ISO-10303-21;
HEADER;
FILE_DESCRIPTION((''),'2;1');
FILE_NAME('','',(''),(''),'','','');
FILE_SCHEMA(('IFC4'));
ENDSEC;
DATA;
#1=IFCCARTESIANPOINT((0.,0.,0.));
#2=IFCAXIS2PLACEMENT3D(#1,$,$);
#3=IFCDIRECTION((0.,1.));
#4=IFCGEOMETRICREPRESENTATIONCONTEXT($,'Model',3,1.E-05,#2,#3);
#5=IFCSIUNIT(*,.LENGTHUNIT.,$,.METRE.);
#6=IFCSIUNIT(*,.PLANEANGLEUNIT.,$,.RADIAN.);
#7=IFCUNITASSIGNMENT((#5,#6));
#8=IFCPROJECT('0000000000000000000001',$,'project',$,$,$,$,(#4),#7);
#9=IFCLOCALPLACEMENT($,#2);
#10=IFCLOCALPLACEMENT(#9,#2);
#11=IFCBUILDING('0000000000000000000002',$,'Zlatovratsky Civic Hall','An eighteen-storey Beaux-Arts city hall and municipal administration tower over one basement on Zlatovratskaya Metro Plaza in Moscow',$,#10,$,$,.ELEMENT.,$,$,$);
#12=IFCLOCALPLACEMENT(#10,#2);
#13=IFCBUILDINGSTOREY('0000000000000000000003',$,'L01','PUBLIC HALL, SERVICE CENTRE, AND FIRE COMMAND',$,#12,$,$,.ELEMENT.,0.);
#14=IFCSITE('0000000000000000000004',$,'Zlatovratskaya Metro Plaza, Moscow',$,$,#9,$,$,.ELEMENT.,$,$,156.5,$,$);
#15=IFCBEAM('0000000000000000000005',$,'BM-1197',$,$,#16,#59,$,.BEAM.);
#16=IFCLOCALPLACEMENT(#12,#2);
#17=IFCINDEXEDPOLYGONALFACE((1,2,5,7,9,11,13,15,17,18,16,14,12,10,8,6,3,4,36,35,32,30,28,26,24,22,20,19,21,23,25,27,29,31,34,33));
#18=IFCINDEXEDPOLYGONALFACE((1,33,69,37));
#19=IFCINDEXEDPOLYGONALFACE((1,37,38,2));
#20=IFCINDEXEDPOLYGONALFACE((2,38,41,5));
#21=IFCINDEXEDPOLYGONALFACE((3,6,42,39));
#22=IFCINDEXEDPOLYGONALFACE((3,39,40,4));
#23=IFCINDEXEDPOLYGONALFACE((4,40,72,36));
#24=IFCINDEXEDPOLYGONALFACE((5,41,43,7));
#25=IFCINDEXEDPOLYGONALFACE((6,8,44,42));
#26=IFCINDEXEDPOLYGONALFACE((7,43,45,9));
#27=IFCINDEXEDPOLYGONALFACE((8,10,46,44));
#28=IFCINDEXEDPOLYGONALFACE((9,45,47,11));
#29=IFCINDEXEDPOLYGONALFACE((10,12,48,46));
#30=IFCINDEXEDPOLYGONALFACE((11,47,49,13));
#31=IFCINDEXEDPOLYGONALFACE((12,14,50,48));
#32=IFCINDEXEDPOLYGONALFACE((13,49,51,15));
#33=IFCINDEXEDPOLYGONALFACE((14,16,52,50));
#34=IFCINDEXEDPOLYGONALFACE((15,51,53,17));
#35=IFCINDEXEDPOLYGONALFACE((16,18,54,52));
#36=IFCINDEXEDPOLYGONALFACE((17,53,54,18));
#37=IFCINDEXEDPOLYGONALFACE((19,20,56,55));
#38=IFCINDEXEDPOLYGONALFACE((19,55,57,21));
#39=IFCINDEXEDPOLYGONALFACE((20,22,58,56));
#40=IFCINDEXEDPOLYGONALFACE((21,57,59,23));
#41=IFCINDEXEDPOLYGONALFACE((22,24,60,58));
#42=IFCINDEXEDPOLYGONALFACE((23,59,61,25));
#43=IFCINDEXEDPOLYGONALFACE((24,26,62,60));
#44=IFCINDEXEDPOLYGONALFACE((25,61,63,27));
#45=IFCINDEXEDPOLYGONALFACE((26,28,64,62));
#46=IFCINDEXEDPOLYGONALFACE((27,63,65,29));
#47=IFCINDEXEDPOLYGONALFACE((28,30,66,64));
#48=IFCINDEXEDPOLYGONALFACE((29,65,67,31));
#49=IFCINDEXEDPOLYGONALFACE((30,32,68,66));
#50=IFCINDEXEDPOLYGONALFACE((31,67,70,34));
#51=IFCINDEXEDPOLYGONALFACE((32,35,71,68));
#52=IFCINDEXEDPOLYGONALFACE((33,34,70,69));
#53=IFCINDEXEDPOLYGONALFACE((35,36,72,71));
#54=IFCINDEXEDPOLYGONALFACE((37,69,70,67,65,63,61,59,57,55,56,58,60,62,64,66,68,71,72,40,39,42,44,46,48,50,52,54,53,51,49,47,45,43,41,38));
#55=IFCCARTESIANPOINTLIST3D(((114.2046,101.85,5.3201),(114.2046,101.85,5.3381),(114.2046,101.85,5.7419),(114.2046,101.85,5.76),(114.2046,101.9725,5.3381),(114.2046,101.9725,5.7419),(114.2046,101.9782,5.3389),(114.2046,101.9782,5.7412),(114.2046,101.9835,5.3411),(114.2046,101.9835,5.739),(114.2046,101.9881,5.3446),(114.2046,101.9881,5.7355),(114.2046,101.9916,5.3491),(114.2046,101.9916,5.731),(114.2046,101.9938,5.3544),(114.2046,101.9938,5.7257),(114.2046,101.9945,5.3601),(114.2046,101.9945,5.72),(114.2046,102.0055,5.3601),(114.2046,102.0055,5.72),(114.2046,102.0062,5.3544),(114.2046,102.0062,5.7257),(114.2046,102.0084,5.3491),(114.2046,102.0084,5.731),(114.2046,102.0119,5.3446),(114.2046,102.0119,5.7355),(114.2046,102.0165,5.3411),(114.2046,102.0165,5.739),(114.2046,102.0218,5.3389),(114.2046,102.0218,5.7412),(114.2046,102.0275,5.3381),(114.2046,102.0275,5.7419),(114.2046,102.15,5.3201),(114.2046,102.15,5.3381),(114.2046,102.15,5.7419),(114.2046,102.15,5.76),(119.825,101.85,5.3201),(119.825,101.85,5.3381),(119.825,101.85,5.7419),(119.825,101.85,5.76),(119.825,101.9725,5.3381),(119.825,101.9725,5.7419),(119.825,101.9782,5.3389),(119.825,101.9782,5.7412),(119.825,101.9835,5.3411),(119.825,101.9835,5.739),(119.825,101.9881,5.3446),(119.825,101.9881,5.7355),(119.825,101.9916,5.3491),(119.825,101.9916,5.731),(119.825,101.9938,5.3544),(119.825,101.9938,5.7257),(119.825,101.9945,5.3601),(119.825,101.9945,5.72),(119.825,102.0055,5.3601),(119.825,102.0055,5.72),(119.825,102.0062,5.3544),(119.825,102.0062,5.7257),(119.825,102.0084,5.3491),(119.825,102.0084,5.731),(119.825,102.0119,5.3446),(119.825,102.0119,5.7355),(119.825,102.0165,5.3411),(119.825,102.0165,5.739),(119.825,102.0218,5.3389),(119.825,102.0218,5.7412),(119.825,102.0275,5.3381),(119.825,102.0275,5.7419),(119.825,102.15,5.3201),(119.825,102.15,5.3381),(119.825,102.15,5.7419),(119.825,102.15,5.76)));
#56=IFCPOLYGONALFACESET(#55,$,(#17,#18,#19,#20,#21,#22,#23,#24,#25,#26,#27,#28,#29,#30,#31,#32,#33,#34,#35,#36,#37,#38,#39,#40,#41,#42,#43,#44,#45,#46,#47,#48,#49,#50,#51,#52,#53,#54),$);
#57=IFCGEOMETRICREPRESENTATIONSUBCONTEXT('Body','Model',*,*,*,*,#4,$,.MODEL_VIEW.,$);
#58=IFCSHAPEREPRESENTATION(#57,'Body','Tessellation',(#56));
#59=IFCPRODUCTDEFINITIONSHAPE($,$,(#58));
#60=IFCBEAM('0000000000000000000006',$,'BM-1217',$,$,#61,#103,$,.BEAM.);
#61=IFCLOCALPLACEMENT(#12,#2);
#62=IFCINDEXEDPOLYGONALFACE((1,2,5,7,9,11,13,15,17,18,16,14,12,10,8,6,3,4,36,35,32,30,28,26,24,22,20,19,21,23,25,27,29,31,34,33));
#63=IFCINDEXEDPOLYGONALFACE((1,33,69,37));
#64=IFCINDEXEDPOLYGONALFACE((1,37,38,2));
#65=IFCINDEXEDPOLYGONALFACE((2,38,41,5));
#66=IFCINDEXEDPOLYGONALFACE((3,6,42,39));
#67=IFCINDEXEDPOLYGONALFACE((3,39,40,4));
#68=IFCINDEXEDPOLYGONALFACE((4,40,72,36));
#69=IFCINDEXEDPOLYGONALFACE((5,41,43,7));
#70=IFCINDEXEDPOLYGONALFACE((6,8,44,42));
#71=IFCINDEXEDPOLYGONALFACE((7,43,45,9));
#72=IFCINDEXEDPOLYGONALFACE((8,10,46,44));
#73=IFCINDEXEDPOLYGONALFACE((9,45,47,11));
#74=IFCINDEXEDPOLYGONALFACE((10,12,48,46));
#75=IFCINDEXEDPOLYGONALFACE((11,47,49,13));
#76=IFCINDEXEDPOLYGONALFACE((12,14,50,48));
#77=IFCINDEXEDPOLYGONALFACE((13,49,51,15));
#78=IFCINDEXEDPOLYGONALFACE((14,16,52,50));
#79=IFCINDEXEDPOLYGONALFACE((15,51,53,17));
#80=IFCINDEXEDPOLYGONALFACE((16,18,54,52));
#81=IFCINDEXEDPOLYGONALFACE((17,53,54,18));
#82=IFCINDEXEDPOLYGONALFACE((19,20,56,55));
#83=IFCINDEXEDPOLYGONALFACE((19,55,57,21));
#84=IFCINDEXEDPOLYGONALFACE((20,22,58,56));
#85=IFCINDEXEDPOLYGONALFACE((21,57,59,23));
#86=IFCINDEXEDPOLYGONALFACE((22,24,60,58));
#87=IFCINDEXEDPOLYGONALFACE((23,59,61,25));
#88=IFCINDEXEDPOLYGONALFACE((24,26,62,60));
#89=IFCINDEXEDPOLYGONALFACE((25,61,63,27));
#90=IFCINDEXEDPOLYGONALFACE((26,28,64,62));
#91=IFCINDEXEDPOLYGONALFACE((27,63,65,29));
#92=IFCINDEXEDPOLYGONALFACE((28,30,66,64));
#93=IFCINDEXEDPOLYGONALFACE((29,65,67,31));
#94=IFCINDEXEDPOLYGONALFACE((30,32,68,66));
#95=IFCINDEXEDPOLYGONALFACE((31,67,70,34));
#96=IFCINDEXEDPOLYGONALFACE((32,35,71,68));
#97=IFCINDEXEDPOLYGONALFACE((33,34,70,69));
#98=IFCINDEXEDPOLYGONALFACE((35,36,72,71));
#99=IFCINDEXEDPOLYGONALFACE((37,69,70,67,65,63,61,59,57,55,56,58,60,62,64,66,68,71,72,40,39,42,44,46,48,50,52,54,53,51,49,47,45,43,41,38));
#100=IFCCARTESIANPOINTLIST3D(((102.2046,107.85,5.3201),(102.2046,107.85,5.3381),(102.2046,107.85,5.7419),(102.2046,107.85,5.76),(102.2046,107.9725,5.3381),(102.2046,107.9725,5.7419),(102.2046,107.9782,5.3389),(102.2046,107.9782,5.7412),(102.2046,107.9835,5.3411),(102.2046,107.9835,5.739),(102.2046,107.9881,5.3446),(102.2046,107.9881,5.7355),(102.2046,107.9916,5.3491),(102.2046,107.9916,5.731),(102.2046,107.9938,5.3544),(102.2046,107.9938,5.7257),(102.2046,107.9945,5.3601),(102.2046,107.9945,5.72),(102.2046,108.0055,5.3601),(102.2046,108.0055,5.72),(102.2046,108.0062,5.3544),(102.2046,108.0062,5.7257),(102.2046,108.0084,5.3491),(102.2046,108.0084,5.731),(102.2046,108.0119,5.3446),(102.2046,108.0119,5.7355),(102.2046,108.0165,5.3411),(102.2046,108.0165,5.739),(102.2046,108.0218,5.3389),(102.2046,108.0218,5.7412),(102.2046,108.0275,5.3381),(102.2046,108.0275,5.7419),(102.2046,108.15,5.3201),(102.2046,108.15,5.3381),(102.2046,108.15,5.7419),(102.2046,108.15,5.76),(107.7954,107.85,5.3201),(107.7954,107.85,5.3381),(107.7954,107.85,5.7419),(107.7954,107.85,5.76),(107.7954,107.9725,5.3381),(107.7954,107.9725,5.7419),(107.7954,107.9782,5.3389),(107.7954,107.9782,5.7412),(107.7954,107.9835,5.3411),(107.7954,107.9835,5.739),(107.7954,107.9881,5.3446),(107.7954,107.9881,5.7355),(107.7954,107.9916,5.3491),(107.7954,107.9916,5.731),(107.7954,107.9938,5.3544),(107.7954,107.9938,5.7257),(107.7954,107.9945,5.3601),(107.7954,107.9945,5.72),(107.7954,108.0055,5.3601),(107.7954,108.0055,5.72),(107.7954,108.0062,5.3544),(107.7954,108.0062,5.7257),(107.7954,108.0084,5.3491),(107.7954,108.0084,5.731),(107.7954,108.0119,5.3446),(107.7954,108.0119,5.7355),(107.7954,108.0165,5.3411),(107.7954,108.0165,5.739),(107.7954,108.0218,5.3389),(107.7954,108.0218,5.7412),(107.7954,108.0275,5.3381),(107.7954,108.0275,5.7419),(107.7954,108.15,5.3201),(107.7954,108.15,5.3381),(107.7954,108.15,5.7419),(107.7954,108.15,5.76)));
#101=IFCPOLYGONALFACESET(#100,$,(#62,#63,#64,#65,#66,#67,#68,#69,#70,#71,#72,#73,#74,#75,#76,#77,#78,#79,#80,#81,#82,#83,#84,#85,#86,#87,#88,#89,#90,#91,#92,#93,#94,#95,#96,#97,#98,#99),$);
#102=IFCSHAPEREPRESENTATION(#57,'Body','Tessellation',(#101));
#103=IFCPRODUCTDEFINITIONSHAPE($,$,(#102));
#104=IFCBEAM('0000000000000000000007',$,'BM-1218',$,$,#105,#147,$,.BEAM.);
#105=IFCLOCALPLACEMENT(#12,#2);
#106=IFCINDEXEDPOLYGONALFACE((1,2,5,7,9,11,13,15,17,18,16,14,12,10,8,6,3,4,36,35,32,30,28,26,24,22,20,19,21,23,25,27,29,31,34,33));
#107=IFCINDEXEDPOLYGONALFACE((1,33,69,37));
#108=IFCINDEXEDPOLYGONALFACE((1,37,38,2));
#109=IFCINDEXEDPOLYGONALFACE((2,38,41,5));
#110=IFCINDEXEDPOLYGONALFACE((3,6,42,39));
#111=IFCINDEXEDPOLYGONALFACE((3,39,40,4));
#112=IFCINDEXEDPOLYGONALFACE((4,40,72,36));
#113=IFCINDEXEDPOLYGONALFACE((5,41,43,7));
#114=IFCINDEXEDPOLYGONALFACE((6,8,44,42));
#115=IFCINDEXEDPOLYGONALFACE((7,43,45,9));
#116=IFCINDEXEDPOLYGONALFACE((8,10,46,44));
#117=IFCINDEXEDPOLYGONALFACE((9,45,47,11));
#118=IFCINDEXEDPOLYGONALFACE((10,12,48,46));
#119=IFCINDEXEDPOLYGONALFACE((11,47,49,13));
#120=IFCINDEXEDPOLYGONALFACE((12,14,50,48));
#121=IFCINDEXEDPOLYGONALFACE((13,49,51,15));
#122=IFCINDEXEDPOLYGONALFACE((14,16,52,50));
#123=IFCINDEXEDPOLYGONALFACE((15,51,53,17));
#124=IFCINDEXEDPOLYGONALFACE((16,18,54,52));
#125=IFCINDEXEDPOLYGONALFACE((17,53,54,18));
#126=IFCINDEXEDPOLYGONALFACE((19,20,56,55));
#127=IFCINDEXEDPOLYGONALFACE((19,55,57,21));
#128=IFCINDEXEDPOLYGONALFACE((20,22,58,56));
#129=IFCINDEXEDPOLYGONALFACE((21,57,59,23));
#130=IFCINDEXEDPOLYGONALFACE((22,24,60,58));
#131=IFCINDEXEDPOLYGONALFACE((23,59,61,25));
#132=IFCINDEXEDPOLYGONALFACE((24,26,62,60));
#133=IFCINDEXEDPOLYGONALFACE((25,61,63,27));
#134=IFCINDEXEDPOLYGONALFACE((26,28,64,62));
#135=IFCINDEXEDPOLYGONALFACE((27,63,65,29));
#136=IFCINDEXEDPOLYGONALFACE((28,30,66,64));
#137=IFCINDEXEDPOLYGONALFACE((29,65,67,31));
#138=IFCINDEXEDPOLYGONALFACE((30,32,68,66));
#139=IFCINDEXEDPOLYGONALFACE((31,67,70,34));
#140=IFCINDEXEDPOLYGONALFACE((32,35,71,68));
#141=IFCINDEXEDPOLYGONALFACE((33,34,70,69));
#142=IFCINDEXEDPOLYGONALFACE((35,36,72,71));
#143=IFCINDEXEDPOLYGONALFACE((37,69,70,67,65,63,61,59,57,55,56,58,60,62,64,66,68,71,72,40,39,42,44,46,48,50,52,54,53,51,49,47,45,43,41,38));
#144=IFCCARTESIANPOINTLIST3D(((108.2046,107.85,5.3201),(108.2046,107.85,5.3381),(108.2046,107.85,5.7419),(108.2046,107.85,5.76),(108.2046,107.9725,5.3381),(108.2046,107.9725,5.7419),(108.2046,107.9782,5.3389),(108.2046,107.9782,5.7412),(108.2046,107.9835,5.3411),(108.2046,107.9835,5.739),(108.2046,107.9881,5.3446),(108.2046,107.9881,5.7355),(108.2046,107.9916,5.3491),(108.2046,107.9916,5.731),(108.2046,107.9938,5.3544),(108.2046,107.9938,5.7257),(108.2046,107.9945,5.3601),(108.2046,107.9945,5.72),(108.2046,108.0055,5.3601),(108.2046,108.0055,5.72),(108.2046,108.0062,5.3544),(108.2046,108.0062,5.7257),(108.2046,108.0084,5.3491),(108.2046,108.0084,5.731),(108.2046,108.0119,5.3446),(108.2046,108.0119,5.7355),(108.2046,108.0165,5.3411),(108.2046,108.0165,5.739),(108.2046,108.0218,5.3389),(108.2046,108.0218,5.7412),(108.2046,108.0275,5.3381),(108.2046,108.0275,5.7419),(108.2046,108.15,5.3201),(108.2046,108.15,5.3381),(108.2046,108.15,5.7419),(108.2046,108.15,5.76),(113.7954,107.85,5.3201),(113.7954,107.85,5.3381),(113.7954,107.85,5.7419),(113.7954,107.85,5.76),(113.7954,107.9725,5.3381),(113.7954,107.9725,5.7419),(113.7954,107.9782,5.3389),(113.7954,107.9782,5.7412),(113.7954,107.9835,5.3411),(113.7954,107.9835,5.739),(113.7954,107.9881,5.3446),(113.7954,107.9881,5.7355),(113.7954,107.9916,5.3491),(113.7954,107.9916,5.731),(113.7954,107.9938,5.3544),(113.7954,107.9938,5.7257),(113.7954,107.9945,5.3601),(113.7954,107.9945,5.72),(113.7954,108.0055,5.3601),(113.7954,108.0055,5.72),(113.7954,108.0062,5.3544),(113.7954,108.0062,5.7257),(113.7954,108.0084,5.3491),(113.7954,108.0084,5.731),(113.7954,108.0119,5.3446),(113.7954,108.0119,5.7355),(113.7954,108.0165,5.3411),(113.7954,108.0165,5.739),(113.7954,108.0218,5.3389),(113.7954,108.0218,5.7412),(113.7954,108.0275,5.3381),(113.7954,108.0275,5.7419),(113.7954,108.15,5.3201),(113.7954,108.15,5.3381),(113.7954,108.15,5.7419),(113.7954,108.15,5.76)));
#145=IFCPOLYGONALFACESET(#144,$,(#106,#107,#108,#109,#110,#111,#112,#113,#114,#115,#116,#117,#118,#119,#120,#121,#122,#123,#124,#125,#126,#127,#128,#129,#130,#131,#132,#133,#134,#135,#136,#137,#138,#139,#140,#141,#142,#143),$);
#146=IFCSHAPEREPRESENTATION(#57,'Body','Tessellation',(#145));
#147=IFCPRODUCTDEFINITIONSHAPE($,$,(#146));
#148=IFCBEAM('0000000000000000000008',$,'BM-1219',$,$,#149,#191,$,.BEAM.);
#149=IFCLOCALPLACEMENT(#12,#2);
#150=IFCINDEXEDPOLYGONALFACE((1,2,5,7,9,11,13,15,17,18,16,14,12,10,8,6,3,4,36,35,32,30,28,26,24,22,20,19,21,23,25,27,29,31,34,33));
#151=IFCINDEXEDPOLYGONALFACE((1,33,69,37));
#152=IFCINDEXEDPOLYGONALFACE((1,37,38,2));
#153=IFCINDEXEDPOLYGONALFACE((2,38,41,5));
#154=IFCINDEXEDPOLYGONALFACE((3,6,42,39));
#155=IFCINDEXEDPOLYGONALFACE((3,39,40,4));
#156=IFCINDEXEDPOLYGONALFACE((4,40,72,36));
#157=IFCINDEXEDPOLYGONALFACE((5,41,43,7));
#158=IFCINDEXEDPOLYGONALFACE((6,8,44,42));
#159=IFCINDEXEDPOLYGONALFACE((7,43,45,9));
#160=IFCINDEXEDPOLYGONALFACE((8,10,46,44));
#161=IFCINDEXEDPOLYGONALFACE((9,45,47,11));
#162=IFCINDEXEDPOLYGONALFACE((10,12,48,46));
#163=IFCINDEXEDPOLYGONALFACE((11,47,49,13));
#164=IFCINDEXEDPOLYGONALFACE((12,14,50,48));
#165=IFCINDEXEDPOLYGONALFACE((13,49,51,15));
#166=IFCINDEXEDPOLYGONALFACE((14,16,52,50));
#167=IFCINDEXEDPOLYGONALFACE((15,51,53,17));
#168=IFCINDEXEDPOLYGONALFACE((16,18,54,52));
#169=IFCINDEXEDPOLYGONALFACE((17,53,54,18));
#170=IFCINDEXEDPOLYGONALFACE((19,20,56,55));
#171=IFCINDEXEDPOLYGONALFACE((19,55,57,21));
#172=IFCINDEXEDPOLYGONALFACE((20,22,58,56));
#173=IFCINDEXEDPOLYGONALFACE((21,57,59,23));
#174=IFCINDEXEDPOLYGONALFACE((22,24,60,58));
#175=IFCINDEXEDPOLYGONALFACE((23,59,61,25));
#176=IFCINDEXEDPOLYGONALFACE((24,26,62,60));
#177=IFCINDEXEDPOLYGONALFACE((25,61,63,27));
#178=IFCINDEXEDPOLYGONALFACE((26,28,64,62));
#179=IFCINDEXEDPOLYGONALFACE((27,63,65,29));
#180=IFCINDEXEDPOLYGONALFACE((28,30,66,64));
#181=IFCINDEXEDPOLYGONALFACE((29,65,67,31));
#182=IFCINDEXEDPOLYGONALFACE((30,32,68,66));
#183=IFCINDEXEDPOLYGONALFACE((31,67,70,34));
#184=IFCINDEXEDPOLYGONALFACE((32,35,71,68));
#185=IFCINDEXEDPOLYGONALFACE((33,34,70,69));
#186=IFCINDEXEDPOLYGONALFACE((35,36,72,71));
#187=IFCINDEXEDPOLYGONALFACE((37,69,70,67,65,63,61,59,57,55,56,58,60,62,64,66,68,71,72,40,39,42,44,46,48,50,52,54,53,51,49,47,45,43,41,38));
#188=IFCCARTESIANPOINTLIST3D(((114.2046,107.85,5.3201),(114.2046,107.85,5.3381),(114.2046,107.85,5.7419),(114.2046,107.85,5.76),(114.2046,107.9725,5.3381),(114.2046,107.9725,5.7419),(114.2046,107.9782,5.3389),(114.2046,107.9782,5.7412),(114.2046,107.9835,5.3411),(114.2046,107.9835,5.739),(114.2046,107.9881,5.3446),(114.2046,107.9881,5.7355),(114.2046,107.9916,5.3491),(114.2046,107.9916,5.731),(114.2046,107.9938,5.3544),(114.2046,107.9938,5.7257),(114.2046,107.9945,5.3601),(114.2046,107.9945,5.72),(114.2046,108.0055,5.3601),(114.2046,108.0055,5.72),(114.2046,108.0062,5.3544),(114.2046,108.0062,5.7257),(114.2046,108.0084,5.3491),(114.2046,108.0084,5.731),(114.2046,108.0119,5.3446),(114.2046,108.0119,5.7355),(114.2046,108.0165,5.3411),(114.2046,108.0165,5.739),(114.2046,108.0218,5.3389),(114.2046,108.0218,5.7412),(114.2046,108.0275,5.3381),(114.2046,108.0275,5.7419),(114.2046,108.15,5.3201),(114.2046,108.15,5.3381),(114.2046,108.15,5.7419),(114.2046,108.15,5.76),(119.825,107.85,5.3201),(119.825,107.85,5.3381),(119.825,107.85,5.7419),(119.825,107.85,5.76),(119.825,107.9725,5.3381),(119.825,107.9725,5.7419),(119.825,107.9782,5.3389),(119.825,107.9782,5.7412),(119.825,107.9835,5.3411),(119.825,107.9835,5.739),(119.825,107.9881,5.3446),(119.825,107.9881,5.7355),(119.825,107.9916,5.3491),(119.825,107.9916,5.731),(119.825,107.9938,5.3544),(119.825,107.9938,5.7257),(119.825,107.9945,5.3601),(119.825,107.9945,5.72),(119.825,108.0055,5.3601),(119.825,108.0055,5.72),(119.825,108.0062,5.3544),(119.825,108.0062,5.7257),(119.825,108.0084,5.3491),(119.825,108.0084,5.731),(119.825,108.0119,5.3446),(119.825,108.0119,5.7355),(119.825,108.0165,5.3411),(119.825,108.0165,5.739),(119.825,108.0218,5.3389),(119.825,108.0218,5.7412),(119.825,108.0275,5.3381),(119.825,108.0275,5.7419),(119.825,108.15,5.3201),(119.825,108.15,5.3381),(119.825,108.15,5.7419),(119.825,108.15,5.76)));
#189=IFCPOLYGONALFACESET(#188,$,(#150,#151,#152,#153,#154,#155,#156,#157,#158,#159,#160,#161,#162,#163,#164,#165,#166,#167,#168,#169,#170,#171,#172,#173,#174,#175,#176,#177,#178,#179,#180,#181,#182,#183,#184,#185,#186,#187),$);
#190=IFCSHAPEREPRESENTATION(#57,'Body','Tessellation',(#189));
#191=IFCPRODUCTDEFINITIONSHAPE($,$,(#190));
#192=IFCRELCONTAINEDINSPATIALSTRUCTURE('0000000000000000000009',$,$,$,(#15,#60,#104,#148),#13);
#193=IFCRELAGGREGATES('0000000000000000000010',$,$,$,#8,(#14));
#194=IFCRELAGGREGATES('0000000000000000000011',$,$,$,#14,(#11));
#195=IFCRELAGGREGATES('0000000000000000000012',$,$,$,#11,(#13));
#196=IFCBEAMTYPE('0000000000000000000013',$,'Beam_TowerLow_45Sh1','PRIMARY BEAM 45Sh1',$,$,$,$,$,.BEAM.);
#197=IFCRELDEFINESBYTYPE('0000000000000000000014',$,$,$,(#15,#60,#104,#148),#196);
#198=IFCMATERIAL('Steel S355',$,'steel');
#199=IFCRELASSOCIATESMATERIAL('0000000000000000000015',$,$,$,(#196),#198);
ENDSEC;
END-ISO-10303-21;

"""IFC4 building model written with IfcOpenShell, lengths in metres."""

from ifc_helpers import new_model, si_unit, direction, frame, origin, origin_2d, place, context, subcontext, project, spatial, i_section, extrude, material, material_profile, profile_set, type_object, element, save


model = new_model("IFC4")

# Units and contexts
model_context = context("Model", 3, precision=1e-05, world=origin(), true_north=direction((0.0, 1.0)))
body_context = subcontext(model_context, "Body", "Model", "MODEL_VIEW")
ifc_project = project(units=[si_unit("LENGTHUNIT", "METRE"), si_unit("PLANEANGLEUNIT", "RADIAN")], contexts=[model_context])

# Site, building, storey
site_placement = place(None, origin())
site = spatial("IfcSite", under=ifc_project, at=site_placement, Name="Zlatovratskaya Metro Plaza, Moscow", CompositionType="ELEMENT", RefElevation=156.5)
building_placement = place(site_placement, origin())
building = spatial("IfcBuilding", under=site, at=building_placement, Name="Zlatovratsky Civic Hall", Description="An eighteen-storey Beaux-Arts city hall and municipal administration tower over one basement on Zlatovratskaya Metro Plaza in Moscow", CompositionType="ELEMENT")
storey_placement = place(building_placement, origin())
storey = spatial("IfcBuildingStorey", under=building, at=storey_placement, Name="L01", Description="PUBLIC HALL, SERVICE CENTRE, AND FIRE COMMAND", CompositionType="ELEMENT", Elevation=0.0)

# Shared definitions
ifc_material_1 = material(Name="Steel S355", Category="steel")

# Beams
ifc_material_profile_1 = material_profile(ifc_material_1, i_section(OverallWidth=0.3, OverallDepth=0.4399, WebThickness=0.011, FlangeThickness=0.0181, FilletRadius=0.022, at=origin_2d()), Name="45Sh1")
ifc_profile_set_1 = profile_set([ifc_material_profile_1], Name="Steel S355")
beam_type_1 = type_object("IfcBeamType", Name="Beam_TowerLow_45Sh1", Description="PRIMARY BEAM 45Sh1", PredefinedType="BEAM", material=ifc_profile_set_1)
beam_1_placement = place(storey_placement, frame((114.2046, 102.0, 5.54), z_axis=(1.0, 0.0, 0.0), x_axis=(0.0, 1.0, 0.0)))
element("IfcBeam", 1, at=beam_1_placement, inside=storey, type_object=beam_type_1, Name="BM-1197", PredefinedType="BEAM", context=body_context, shape_type="SweptSolid", body=[
    extrude(i_section(OverallWidth=0.3, OverallDepth=0.4399, WebThickness=0.011, FlangeThickness=0.0181, FilletRadius=0.022, at=origin_2d()), origin(), (0.0, 0.0, 1.0), 5.6204),
])
for number, where, z_axis, x_axis, name in (
    (2, (102.2046, 108.0, 5.54), (1.0, 0.0, 0.0), (0.0, 1.0, 0.0), "BM-1217"),
    (3, (108.2046, 108.0, 5.54), (1.0, 0.0, 0.0), (0.0, 1.0, 0.0), "BM-1218"),
):
    element("IfcBeam", number, at=place(storey_placement, frame(where, z_axis=z_axis, x_axis=x_axis)), inside=storey, type_object=beam_type_1, Name=name, PredefinedType="BEAM", context=body_context, shape_type="SweptSolid", body=[
        extrude(i_section(OverallWidth=0.3, OverallDepth=0.4399, WebThickness=0.011, FlangeThickness=0.0181, FilletRadius=0.022, at=origin_2d()), origin(), (0.0, 0.0, 1.0), 5.5908),
    ])
beam_2_placement = place(storey_placement, frame((114.2046, 108.0, 5.54), z_axis=(1.0, 0.0, 0.0), x_axis=(0.0, 1.0, 0.0)))
element("IfcBeam", 4, at=beam_2_placement, inside=storey, type_object=beam_type_1, Name="BM-1219", PredefinedType="BEAM", context=body_context, shape_type="SweptSolid", body=[
    extrude(i_section(OverallWidth=0.3, OverallDepth=0.4399, WebThickness=0.011, FlangeThickness=0.0181, FilletRadius=0.022, at=origin_2d()), origin(), (0.0, 0.0, 1.0), 5.6204),
])

save(model, "model.ifc")
